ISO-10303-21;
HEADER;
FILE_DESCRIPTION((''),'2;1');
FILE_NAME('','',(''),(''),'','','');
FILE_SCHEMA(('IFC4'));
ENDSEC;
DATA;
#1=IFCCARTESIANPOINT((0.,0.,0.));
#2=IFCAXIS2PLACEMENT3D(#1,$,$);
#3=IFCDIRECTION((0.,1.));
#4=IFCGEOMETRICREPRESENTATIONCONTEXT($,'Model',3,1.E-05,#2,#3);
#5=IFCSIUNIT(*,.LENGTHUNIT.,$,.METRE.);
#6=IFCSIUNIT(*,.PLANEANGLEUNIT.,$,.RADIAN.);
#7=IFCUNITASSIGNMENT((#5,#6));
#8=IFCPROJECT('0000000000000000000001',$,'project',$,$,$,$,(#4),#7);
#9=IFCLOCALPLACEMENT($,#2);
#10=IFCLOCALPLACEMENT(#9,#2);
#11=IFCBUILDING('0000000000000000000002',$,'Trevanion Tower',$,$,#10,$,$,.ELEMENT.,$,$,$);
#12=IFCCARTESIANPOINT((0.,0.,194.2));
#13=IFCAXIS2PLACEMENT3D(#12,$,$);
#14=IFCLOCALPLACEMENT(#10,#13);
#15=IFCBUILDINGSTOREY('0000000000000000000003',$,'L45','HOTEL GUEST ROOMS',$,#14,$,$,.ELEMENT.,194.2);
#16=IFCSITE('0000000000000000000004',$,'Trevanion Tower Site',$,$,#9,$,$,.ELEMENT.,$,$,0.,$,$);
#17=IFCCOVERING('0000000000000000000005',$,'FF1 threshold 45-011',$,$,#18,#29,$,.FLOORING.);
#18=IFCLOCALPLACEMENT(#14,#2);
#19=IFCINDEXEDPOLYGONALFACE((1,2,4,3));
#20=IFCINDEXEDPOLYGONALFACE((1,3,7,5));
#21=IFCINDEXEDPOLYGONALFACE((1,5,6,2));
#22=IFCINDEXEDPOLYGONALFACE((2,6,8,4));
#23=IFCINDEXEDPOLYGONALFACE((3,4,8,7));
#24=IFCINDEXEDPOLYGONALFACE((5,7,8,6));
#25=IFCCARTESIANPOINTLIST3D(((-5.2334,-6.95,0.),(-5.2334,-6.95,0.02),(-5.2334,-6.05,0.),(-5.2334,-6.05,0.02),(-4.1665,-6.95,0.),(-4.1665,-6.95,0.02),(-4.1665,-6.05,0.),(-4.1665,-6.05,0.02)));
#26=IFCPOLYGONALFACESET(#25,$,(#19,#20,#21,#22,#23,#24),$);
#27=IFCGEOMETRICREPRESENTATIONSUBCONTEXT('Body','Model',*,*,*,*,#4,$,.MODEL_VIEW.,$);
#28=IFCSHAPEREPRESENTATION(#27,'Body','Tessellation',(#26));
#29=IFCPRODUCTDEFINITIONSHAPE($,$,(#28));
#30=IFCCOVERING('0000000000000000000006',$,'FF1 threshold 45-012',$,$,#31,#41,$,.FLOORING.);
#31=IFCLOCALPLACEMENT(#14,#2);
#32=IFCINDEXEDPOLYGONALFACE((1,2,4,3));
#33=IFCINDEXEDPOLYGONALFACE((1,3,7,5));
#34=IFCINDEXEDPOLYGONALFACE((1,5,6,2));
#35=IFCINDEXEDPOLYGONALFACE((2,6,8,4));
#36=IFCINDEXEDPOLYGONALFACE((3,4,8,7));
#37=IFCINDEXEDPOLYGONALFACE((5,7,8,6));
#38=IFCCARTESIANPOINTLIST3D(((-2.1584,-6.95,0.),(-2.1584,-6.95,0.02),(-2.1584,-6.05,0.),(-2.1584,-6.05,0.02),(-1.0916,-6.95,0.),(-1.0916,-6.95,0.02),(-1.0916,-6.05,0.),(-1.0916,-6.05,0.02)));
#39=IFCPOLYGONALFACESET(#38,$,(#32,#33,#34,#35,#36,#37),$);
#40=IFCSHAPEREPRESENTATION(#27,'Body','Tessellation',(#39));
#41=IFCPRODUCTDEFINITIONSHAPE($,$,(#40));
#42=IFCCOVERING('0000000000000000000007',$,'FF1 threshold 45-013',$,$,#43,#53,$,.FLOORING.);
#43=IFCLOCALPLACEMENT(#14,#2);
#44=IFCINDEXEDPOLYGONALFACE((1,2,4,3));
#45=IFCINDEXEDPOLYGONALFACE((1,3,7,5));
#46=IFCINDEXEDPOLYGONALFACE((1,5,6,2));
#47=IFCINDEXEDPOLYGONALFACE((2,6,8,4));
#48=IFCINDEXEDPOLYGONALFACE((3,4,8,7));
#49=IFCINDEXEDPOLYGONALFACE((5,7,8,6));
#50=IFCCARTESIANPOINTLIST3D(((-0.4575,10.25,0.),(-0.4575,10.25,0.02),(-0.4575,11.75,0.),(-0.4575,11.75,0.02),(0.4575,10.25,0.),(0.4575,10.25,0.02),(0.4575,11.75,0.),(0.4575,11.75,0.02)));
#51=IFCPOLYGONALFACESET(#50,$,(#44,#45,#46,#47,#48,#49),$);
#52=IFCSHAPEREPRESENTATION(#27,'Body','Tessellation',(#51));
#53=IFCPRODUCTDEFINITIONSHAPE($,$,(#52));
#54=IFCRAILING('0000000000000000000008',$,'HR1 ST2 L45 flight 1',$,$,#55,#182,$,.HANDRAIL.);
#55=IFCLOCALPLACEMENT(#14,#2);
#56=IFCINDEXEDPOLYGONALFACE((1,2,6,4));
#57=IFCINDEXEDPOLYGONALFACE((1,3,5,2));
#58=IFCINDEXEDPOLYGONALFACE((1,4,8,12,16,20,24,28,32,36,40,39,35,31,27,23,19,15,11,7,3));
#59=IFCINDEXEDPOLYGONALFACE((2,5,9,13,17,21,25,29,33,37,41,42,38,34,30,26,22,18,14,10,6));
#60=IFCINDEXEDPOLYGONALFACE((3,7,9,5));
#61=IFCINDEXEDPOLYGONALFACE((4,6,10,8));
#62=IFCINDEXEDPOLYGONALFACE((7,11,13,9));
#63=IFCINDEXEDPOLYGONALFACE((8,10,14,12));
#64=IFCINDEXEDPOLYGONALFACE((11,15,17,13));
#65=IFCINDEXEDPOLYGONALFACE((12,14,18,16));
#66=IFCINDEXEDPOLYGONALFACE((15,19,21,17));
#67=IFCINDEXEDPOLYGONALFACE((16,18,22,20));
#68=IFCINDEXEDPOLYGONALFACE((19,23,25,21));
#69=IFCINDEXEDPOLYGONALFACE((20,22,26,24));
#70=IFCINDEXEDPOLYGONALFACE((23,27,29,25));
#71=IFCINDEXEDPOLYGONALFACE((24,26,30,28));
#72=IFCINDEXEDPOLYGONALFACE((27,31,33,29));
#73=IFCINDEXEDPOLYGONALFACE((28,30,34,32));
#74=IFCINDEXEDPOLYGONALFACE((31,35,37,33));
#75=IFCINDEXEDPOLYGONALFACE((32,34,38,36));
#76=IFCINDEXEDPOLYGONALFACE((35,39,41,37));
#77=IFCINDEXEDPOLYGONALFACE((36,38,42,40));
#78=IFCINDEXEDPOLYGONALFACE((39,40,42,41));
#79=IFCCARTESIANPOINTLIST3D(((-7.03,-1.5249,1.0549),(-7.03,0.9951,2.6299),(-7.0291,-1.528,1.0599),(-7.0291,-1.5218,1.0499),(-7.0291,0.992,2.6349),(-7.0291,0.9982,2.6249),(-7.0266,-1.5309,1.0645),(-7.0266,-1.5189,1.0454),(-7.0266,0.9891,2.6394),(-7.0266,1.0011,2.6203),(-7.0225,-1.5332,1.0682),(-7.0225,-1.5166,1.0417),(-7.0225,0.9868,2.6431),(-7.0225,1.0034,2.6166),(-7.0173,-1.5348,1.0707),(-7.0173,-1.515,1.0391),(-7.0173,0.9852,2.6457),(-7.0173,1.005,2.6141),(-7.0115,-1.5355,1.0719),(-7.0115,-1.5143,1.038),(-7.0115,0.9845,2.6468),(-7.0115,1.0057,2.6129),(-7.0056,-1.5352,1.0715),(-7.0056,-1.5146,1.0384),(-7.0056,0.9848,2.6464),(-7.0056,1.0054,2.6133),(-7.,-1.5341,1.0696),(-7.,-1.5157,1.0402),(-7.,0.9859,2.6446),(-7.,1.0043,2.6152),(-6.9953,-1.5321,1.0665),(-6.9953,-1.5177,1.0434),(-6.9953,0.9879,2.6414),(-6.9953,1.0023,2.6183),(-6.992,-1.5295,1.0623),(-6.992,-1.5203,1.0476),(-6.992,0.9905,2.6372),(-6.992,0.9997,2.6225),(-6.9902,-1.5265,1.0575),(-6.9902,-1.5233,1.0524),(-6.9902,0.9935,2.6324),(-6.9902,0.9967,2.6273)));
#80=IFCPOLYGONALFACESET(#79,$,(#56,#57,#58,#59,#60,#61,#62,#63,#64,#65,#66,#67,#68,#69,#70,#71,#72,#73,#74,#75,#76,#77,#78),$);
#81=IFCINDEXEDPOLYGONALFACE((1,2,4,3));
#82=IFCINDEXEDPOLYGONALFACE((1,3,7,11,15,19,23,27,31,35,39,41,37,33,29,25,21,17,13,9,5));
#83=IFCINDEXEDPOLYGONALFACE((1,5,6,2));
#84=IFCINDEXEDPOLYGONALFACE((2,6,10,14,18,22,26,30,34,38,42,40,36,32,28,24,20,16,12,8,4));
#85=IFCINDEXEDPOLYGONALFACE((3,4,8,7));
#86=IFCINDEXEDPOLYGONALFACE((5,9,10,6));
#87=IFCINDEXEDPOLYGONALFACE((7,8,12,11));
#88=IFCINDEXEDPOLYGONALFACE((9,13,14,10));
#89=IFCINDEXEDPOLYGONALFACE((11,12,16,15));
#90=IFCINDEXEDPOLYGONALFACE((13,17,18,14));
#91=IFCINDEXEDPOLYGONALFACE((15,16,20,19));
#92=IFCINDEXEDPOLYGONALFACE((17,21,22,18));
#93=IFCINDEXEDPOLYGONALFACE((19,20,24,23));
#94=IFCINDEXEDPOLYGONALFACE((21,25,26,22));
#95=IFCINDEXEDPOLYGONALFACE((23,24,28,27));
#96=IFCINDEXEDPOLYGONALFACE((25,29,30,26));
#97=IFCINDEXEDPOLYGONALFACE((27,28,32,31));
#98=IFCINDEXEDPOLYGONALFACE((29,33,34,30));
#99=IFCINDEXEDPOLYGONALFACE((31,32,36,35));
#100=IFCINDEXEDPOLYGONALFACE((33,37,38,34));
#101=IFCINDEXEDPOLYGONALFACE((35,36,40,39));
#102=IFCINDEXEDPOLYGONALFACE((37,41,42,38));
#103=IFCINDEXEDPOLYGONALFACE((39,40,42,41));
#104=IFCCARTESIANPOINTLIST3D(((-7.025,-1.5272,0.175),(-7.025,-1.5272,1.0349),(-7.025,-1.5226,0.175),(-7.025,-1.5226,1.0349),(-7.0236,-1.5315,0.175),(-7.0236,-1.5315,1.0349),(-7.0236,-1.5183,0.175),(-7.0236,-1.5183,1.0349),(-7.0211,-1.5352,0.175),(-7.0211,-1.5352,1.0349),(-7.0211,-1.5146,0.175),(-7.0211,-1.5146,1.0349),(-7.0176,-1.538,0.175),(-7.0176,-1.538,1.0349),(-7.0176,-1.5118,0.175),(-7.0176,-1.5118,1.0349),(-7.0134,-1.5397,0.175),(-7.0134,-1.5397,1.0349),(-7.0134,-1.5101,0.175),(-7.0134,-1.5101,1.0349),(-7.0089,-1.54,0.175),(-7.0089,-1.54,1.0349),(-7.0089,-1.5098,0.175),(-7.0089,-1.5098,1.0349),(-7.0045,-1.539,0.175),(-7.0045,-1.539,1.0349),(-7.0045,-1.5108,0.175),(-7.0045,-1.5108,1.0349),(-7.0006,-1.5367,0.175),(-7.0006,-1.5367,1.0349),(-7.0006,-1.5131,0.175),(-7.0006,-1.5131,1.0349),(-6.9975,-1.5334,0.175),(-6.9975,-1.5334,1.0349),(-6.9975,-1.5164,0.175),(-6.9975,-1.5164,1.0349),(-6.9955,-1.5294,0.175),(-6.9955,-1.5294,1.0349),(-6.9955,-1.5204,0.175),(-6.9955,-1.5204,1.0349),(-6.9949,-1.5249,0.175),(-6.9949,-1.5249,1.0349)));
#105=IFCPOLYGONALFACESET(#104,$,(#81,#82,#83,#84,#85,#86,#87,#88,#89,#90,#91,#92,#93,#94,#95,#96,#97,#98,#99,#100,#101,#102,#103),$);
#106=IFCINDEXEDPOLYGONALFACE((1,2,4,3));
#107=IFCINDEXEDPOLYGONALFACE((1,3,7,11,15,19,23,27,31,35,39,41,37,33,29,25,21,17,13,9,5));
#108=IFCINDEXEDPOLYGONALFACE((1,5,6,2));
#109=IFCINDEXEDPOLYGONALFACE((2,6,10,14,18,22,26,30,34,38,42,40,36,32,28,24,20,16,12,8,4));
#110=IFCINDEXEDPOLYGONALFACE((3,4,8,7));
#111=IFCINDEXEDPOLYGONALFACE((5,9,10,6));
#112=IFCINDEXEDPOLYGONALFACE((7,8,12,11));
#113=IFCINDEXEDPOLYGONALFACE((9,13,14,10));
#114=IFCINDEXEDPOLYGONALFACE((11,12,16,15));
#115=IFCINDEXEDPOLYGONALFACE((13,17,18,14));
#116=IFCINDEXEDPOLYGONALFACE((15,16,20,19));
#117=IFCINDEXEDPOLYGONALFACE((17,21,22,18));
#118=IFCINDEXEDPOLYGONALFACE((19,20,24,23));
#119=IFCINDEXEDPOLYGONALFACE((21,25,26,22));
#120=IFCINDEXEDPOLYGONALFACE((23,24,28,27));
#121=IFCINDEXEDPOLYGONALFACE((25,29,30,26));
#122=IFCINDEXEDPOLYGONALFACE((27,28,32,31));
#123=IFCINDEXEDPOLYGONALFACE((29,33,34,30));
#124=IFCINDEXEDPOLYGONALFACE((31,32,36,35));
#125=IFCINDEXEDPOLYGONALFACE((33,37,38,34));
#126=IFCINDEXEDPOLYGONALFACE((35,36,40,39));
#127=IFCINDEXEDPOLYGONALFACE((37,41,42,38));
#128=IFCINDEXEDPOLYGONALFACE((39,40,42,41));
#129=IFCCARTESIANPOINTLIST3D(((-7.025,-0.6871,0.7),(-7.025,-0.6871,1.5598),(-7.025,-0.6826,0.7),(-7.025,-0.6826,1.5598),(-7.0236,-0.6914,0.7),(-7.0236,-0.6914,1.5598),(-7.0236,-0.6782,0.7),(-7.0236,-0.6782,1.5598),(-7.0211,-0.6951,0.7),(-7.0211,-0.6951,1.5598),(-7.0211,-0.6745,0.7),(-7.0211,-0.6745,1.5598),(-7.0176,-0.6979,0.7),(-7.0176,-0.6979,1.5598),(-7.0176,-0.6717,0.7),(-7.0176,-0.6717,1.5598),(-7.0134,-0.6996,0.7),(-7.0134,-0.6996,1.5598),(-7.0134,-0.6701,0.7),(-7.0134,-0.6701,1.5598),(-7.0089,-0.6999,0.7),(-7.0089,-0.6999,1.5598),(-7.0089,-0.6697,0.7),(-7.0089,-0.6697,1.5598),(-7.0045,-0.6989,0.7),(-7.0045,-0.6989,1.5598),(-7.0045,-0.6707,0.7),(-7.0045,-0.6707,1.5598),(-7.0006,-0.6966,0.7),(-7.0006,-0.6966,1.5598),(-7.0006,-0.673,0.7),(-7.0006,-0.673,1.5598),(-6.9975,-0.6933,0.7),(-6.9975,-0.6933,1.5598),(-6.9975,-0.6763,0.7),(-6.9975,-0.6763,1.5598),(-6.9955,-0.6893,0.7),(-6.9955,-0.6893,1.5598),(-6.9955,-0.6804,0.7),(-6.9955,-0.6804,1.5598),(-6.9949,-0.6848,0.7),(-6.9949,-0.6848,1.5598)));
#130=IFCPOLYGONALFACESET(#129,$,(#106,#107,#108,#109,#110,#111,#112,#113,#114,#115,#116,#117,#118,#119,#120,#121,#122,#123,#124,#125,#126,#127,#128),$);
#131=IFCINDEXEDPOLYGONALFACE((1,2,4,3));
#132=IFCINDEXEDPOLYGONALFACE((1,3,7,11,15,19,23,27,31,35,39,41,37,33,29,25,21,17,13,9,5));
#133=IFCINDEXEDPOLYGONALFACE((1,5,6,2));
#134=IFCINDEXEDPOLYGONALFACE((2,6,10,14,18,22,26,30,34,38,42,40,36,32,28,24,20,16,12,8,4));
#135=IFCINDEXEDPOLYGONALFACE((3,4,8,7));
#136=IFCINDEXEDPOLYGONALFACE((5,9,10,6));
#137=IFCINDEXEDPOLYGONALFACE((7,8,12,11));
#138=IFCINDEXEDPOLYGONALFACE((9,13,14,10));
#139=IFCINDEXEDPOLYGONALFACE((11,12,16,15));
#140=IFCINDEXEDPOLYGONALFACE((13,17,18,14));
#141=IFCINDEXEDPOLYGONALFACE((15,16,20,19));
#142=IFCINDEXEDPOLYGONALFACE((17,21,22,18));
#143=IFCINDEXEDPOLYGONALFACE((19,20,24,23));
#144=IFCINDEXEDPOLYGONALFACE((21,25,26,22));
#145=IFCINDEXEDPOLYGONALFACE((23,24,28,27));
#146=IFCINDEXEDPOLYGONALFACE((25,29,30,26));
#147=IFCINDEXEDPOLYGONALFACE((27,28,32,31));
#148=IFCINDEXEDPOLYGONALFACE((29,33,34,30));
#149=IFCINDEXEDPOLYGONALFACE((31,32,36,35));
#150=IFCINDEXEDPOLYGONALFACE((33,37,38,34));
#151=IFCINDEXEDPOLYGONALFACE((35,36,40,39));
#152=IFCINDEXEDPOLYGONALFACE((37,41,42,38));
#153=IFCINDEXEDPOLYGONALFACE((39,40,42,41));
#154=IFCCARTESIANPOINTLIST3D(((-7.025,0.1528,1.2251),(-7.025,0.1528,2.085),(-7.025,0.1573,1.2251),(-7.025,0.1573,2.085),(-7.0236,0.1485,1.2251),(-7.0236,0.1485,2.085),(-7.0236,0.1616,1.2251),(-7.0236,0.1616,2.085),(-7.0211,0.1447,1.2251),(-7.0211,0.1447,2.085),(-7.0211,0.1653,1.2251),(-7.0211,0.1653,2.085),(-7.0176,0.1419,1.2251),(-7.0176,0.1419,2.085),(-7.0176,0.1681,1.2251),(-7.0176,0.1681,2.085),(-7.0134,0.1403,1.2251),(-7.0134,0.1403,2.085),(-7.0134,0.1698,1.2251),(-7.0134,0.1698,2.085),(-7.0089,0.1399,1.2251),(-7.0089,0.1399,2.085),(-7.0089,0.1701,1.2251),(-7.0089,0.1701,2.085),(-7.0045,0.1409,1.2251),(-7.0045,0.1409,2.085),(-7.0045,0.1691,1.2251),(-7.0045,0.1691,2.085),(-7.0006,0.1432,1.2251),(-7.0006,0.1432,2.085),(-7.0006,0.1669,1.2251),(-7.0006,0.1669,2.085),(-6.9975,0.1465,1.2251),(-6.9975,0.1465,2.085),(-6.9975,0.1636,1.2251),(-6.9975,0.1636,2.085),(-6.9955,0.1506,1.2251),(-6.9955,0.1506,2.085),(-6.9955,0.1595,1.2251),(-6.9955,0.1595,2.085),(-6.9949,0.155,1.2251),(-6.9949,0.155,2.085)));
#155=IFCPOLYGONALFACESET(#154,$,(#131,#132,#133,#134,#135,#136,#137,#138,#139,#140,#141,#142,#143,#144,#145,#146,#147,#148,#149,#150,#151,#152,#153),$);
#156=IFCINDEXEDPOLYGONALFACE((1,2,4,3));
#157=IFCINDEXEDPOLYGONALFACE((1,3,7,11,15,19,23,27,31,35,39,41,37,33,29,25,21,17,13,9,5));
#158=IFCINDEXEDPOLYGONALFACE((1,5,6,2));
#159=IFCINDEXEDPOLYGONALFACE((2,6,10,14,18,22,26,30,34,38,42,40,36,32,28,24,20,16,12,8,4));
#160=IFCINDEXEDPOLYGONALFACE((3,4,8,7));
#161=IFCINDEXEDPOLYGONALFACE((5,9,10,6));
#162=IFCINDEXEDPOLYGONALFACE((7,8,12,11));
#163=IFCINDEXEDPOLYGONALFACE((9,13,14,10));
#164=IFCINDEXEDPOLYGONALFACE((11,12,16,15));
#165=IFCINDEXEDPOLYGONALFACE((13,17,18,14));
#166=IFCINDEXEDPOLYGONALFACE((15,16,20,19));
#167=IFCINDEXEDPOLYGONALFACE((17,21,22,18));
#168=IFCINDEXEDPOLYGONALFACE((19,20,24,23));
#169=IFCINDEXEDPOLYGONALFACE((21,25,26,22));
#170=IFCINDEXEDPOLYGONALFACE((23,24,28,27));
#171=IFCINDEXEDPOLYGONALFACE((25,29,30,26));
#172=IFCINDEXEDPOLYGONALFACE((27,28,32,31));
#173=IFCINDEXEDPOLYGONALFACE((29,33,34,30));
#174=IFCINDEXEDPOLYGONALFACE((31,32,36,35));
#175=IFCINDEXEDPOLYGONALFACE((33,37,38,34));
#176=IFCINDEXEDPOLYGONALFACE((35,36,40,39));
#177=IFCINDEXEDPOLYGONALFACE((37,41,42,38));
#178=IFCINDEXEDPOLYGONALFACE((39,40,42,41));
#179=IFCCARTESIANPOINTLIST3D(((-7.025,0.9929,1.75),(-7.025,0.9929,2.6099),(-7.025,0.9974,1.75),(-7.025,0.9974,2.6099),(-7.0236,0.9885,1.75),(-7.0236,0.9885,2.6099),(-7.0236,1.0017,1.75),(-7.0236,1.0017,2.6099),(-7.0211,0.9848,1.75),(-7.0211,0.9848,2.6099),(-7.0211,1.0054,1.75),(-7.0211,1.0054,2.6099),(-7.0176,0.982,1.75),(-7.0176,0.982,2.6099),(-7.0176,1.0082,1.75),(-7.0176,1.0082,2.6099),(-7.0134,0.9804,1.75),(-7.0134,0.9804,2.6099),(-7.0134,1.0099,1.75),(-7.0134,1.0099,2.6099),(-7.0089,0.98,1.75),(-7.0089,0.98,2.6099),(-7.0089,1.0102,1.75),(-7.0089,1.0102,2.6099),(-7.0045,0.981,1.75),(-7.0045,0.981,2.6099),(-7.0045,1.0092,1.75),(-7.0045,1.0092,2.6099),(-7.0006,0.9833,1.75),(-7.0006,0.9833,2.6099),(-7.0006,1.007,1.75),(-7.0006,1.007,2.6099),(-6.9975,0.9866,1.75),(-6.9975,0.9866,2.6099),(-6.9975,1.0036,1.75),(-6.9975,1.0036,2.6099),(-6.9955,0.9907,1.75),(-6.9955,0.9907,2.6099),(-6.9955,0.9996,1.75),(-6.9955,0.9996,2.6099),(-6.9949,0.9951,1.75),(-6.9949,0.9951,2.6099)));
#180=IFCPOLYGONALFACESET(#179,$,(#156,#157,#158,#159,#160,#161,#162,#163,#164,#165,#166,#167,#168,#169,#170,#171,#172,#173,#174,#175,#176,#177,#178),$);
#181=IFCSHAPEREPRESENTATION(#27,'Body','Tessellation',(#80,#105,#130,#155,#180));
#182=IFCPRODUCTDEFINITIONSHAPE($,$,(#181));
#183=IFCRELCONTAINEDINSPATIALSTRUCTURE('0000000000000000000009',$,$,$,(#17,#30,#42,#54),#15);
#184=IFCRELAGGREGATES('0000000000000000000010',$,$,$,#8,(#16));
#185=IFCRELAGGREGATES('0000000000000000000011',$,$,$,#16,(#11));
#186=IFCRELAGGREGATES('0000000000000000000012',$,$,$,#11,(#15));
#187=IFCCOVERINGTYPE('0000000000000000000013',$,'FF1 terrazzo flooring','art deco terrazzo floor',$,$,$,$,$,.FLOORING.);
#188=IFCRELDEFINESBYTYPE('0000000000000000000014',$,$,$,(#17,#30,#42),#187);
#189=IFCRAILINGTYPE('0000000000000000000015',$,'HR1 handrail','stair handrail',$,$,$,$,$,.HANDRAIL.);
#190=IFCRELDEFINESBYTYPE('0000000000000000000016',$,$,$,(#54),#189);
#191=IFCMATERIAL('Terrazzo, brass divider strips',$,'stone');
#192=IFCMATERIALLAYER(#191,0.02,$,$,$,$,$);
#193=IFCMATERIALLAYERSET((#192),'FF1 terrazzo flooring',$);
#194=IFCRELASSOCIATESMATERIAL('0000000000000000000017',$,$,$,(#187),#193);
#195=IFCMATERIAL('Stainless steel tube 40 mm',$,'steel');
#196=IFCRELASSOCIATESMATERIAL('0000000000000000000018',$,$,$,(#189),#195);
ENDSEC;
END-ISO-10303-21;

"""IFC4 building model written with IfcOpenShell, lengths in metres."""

from ifc_helpers import new_model, si_unit, direction, frame, origin, origin_2d, place, context, subcontext, project, spatial, polyline, circle, outline, extrude, material, layer, layer_set, type_object, element, save


model = new_model("IFC4")

# Units and contexts
model_context = context("Model", 3, precision=1e-05, world=origin(), true_north=direction((0.0, 1.0)))
body_context = subcontext(model_context, "Body", "Model", "MODEL_VIEW")
ifc_project = project(units=[si_unit("LENGTHUNIT", "METRE"), si_unit("PLANEANGLEUNIT", "RADIAN")], contexts=[model_context])

# Site, building, storey
site_placement = place(None, origin())
site = spatial("IfcSite", under=ifc_project, at=site_placement, Name="Trevanion Tower Site", CompositionType="ELEMENT", RefElevation=0.0)
building_placement = place(site_placement, origin())
building = spatial("IfcBuilding", under=site, at=building_placement, Name="Trevanion Tower", CompositionType="ELEMENT")
storey_placement = place(building_placement, frame((0.0, 0.0, 194.2)))
storey = spatial("IfcBuildingStorey", under=building, at=storey_placement, Name="L45", Description="HOTEL GUEST ROOMS", CompositionType="ELEMENT", Elevation=194.2)

# Coverings
ifc_material_1 = material(Name="Terrazzo, brass divider strips", Category="stone")
ifc_layer_1 = layer(ifc_material_1, 0.02)
ifc_layer_set_1 = layer_set([ifc_layer_1], Name="FF1 terrazzo flooring")
covering_type = type_object("IfcCoveringType", Name="FF1 terrazzo flooring", Description="art deco terrazzo floor", PredefinedType="FLOORING", material=ifc_layer_set_1)
covering_1_placement = place(storey_placement, origin())
element("IfcCovering", 1, at=covering_1_placement, inside=storey, type_object=covering_type, Name="FF1 threshold 45-011", PredefinedType="FLOORING", context=body_context, shape_type="SweptSolid", body=[
    extrude(outline(polyline([(-5.2334, -6.95), (-4.1665, -6.95), (-4.1665, -6.05), (-5.2334, -6.05), (-5.2334, -6.95)])), origin(), (0.0, 0.0, 1.0), 0.02),
])
covering_2_placement = place(storey_placement, origin())
element("IfcCovering", 2, at=covering_2_placement, inside=storey, type_object=covering_type, Name="FF1 threshold 45-012", PredefinedType="FLOORING", context=body_context, shape_type="SweptSolid", body=[
    extrude(outline(polyline([(-2.1584, -6.95), (-1.0916, -6.95), (-1.0916, -6.05), (-2.1584, -6.05), (-2.1584, -6.95)])), origin(), (0.0, 0.0, 1.0), 0.02),
])
covering_3_placement = place(storey_placement, origin())
element("IfcCovering", 3, at=covering_3_placement, inside=storey, type_object=covering_type, Name="FF1 threshold 45-013", PredefinedType="FLOORING", context=body_context, shape_type="SweptSolid", body=[
    extrude(outline(polyline([(0.4575, 11.75), (-0.4575, 11.75), (-0.4575, 10.25), (0.4575, 10.25), (0.4575, 11.75)])), origin(), (0.0, 0.0, 1.0), 0.02),
])

# Railing
ifc_material_2 = material(Name="Stainless steel tube 40 mm", Category="steel")
railing_type = type_object("IfcRailingType", Name="HR1 handrail", Description="stair handrail", PredefinedType="HANDRAIL", material=ifc_material_2)
for number, where, name in (
    (4, (-7.01, -1.5249, 0.175), "HR1 ST2 L45 flight 1"),
):
    element("IfcRailing", number, at=place(storey_placement, frame(where)), inside=storey, type_object=railing_type, Name=name, PredefinedType="HANDRAIL", context=body_context, shape_type="SweptSolid", body=[
        extrude(circle(Radius=0.02, at=origin_2d()), frame((0.0, 0.0, 0.8799), z_axis=(0.0, 0.848008, 0.529984), x_axis=(-1.0, 0.0, 0.0)), (0.0, 0.0, 1.0), 2.9717),
        extrude(circle(Radius=0.0151, at=origin_2d()), origin(), (0.0, 0.0, 1.0), 0.8599),
        extrude(circle(Radius=0.0151, at=origin_2d()), frame((0.0, 0.8401, 0.5249)), (0.0, 0.0, 1.0), 0.8599),
        extrude(circle(Radius=0.0151, at=origin_2d()), frame((0.0, 1.6799, 1.05)), (0.0, 0.0, 1.0), 0.8599),
        extrude(circle(Radius=0.0151, at=origin_2d()), frame((0.0, 2.52, 1.575)), (0.0, 0.0, 1.0), 0.8599),
    ])

save(model, "model.ifc")
